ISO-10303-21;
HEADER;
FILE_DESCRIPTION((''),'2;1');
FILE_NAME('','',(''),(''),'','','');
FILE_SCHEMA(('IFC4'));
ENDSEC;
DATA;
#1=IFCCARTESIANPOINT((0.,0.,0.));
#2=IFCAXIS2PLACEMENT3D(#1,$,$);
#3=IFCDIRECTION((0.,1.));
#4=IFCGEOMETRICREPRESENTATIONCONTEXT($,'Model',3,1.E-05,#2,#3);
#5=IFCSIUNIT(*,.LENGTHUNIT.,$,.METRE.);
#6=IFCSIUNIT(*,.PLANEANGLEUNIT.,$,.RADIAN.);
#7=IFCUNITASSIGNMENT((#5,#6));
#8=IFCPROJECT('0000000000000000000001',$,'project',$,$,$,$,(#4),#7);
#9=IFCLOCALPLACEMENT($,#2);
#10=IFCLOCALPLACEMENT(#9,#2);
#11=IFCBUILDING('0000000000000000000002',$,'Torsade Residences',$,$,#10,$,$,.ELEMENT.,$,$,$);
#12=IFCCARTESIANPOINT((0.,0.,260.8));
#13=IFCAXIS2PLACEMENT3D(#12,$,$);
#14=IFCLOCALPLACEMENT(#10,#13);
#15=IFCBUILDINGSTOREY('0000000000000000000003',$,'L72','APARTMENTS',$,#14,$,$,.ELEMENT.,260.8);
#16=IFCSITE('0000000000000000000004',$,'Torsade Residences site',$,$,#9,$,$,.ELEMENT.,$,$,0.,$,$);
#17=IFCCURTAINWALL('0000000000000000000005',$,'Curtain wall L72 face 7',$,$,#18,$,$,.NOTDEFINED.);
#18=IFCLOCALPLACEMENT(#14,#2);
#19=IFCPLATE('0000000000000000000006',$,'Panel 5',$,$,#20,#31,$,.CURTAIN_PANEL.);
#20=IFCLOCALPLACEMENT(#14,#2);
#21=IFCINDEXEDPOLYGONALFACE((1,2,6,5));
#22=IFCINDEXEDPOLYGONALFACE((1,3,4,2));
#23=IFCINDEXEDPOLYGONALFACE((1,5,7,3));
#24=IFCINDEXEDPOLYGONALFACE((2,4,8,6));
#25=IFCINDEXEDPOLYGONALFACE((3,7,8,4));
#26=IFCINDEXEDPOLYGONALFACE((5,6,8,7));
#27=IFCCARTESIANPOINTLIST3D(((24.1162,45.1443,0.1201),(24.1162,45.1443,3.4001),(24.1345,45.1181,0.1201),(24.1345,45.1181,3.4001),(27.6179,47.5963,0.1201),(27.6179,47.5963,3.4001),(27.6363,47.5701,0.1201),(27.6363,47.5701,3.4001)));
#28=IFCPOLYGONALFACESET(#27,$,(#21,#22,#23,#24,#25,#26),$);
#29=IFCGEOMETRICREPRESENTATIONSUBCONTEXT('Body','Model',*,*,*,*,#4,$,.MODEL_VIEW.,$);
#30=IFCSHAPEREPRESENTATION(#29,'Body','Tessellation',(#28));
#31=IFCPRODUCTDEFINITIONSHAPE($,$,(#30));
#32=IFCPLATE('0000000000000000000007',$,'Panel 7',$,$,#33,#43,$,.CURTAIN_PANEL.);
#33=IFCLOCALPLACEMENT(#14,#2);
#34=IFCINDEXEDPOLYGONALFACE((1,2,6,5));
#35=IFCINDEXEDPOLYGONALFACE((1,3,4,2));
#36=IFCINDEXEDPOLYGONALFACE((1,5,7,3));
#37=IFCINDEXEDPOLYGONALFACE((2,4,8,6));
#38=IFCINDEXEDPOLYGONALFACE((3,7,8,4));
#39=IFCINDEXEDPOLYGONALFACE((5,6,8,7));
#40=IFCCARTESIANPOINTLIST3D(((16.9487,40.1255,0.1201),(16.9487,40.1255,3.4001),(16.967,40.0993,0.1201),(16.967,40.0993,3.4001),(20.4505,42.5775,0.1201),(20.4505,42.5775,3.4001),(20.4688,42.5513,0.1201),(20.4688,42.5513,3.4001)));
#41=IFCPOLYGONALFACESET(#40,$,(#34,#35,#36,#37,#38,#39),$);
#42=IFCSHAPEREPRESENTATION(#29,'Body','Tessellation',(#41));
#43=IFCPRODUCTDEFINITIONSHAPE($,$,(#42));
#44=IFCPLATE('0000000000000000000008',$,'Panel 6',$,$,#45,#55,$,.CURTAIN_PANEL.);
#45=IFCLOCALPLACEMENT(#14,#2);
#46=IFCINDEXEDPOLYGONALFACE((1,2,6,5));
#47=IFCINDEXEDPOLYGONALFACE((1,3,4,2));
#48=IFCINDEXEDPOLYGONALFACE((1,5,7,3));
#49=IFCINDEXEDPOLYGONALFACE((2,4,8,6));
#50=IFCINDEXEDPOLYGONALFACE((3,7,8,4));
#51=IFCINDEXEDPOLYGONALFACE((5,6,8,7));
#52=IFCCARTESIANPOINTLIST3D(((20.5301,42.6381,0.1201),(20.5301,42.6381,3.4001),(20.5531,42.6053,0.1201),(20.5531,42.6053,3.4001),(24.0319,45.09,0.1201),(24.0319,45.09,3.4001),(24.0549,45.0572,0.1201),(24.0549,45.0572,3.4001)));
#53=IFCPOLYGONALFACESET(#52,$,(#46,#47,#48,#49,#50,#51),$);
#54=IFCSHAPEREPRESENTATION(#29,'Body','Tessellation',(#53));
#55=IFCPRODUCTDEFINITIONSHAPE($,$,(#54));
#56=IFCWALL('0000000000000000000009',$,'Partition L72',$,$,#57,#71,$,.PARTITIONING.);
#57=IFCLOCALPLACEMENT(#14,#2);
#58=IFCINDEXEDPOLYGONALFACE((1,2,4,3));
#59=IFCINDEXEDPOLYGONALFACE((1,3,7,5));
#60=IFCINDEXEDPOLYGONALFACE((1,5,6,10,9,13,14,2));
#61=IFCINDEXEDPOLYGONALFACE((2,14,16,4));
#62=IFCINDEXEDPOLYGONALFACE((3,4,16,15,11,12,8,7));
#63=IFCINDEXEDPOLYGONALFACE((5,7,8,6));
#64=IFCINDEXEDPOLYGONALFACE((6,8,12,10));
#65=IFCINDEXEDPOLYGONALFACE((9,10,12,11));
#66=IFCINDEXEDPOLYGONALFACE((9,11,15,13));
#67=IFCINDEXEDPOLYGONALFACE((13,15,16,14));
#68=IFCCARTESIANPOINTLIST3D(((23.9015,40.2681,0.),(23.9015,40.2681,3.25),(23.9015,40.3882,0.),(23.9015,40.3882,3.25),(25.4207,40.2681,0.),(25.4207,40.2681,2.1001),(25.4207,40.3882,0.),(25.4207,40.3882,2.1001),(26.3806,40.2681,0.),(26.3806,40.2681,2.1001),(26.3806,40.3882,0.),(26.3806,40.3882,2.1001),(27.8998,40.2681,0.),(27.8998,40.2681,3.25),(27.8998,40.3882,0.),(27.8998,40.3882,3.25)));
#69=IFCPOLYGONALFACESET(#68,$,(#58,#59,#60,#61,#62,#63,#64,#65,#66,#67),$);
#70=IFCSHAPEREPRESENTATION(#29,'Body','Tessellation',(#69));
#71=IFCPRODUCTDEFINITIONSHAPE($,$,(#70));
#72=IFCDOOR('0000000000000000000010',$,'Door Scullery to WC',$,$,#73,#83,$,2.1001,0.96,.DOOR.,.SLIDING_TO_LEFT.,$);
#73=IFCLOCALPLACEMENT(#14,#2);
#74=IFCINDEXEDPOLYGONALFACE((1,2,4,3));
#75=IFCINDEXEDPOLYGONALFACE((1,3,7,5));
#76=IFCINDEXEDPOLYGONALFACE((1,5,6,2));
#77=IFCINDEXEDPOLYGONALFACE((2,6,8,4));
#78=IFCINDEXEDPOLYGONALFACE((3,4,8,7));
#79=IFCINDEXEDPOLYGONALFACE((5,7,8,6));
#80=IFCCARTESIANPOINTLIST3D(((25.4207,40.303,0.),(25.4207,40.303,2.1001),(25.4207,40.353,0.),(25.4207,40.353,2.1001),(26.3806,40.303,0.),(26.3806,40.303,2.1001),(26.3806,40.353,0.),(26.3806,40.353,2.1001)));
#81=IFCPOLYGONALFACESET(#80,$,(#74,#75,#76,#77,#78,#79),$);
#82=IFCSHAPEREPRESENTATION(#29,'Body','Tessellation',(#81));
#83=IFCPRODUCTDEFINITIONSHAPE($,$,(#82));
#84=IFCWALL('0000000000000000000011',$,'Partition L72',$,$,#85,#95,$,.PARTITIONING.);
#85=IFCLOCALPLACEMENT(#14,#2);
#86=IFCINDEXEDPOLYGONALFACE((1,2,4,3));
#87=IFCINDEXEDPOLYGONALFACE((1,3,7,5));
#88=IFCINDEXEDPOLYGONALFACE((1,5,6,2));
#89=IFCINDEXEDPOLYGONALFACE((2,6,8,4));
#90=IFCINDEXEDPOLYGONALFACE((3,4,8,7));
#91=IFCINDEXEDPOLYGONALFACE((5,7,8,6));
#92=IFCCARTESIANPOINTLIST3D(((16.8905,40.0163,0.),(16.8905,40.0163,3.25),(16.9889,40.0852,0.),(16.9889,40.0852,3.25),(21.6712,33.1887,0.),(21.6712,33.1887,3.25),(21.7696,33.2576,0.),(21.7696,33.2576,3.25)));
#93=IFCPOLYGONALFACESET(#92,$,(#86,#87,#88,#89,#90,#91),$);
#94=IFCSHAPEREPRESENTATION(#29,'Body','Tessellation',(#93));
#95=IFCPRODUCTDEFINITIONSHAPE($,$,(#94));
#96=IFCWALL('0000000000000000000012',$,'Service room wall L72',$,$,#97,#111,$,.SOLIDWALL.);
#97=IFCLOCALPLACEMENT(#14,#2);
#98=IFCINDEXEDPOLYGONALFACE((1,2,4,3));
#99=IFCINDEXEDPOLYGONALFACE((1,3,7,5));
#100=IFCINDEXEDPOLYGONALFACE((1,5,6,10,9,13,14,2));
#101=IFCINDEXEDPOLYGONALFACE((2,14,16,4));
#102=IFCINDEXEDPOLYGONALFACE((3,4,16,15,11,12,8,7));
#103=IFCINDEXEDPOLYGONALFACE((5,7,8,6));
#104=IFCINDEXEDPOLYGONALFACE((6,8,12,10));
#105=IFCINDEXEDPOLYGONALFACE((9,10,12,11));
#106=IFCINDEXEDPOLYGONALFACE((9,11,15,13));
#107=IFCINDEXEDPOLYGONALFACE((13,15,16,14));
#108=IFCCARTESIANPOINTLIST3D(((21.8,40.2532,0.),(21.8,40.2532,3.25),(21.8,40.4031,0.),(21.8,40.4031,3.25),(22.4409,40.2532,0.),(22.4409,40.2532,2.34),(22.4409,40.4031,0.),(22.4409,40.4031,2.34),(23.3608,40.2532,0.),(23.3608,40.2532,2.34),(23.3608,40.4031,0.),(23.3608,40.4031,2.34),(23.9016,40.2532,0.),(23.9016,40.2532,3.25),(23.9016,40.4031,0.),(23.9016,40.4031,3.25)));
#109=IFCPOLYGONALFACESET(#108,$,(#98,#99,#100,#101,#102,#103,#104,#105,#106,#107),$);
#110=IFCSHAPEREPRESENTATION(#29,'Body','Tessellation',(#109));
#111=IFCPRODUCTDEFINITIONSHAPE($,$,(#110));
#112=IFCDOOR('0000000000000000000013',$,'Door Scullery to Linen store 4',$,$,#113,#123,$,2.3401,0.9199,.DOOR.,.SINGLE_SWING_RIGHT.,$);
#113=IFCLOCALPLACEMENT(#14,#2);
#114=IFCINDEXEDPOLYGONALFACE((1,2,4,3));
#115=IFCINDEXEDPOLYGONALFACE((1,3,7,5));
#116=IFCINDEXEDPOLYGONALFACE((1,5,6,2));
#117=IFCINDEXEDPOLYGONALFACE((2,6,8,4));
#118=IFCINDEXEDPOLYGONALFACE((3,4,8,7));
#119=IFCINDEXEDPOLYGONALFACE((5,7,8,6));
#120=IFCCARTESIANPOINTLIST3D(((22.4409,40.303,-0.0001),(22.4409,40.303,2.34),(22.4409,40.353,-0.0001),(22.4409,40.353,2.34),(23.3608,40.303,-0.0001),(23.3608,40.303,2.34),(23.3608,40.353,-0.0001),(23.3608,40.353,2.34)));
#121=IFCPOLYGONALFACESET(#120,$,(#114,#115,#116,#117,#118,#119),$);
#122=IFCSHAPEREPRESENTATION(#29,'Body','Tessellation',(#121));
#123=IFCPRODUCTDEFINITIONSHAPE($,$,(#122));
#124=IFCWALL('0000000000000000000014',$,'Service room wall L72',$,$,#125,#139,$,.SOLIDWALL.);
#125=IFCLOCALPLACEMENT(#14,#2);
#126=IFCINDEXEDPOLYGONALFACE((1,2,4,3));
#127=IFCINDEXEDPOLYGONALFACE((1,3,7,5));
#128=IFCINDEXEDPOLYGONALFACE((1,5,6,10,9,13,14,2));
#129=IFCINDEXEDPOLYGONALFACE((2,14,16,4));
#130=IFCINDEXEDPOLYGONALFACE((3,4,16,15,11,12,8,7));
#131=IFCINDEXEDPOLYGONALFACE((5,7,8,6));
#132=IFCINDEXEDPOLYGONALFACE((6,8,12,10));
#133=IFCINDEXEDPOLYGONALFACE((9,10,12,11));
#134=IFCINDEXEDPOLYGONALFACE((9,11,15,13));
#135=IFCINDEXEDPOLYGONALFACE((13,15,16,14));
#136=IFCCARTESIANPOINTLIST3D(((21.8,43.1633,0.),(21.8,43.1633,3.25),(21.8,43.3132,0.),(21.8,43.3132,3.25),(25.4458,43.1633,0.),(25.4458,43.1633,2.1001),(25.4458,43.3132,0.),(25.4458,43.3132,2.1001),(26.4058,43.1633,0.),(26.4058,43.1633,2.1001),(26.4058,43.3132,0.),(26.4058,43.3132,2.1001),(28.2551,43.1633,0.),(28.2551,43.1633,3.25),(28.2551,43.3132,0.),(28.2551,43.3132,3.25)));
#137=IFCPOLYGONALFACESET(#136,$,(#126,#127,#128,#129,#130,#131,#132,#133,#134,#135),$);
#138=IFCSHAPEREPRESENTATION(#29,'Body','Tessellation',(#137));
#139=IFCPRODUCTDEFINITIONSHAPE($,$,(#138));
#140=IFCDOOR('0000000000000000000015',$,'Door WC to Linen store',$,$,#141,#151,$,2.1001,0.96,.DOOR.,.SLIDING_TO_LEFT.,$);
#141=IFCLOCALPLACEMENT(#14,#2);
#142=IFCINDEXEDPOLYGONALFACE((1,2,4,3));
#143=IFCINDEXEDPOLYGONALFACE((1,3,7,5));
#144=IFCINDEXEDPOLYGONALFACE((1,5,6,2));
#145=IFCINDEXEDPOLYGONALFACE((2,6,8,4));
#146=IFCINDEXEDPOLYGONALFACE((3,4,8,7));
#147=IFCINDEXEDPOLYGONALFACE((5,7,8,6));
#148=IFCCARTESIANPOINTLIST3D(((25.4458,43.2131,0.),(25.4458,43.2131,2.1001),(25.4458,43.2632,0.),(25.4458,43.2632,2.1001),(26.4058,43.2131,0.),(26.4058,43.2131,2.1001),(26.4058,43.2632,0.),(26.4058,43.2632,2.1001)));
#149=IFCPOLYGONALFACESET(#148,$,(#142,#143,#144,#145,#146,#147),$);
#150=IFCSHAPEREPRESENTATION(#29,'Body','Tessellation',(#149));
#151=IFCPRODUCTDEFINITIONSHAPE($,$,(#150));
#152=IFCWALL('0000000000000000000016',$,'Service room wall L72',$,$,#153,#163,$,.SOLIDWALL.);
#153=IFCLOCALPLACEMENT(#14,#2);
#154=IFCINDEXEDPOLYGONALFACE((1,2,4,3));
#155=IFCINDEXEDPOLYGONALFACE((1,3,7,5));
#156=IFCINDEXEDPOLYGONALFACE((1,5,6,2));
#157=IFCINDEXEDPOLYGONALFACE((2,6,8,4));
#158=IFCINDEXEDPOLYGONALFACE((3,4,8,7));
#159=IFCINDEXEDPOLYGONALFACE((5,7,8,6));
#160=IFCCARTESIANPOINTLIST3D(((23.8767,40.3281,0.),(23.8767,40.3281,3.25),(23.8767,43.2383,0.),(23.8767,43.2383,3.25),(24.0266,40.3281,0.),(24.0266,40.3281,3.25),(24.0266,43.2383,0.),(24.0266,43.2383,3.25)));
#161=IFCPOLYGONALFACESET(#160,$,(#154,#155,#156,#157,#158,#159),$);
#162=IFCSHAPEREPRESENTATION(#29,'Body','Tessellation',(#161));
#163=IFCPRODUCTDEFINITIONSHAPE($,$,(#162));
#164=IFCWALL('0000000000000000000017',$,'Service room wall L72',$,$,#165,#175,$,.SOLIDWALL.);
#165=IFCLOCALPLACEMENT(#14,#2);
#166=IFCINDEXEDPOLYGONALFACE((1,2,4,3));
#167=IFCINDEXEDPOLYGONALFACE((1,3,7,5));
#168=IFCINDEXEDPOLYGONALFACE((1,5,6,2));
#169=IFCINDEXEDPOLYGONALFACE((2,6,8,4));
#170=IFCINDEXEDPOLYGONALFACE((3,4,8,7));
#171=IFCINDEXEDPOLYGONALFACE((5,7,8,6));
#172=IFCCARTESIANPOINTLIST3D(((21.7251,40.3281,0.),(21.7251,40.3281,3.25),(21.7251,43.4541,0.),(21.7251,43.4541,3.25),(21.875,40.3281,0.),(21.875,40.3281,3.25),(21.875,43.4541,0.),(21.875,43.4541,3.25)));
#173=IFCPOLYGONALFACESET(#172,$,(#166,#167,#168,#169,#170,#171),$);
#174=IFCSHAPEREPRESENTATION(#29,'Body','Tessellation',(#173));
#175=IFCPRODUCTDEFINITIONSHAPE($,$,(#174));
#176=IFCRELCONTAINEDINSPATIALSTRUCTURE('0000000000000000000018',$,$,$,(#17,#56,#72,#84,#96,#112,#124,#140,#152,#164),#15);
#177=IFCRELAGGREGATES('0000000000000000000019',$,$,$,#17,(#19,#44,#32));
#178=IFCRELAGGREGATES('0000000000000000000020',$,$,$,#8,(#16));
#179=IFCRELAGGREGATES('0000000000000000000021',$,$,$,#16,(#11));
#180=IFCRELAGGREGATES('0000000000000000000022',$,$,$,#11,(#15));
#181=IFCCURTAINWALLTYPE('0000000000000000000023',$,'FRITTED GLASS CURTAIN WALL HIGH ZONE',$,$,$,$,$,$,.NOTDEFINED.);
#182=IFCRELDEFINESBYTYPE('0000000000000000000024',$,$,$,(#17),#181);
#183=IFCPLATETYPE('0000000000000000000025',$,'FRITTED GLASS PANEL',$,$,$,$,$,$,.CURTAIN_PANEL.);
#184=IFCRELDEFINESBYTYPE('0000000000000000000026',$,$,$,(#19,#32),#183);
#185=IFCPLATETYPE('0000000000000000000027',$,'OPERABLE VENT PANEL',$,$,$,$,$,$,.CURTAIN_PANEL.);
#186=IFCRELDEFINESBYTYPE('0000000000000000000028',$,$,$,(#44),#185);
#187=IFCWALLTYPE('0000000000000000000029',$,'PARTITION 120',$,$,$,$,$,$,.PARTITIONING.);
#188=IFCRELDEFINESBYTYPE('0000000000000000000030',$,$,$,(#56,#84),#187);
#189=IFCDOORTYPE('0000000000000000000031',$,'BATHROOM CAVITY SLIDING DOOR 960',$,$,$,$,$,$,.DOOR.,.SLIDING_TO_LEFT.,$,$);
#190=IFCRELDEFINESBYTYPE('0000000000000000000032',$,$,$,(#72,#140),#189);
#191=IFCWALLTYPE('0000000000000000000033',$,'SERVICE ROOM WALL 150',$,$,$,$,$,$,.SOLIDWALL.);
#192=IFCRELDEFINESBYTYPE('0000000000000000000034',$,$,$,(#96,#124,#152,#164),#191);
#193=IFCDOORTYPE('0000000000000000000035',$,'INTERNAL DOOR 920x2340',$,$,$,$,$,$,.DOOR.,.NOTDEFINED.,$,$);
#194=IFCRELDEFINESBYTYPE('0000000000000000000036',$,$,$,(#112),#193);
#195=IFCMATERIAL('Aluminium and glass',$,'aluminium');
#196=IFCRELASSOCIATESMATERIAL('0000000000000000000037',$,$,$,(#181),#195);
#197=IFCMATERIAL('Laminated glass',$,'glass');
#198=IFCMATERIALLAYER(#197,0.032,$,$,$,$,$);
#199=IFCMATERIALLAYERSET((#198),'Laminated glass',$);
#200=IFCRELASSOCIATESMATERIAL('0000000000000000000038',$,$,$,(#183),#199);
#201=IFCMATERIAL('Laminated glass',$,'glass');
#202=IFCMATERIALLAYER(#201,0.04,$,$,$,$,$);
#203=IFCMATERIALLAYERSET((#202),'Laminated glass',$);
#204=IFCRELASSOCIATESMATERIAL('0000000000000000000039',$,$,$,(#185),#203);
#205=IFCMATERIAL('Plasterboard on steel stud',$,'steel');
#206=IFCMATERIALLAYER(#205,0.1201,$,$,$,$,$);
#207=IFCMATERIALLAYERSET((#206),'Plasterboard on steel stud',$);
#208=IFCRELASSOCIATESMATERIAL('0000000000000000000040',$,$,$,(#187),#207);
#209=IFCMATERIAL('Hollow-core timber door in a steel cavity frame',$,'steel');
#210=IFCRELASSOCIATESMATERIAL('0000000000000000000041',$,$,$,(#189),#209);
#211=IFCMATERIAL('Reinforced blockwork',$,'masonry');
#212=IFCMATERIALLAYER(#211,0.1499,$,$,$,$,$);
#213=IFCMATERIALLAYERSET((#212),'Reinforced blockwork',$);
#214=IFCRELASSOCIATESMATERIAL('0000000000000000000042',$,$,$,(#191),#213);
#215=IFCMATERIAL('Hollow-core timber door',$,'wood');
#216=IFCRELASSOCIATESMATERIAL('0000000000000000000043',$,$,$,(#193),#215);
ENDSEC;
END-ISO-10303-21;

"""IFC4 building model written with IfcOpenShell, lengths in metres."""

from ifc_helpers import new_model, si_unit, direction, frame, frame_2d, origin, origin_2d, place, context, subcontext, project, spatial, rectangle, extrude, material, layer, layer_set, type_object, element, fill, aggregate, save


model = new_model("IFC4")

# Units and contexts
model_context = context("Model", 3, precision=1e-05, world=origin(), true_north=direction((0.0, 1.0)))
body_context = subcontext(model_context, "Body", "Model", "MODEL_VIEW")
ifc_project = project(units=[si_unit("LENGTHUNIT", "METRE"), si_unit("PLANEANGLEUNIT", "RADIAN")], contexts=[model_context])

# Site, building, storey
site_placement = place(None, origin())
site = spatial("IfcSite", under=ifc_project, at=site_placement, Name="Torsade Residences site", CompositionType="ELEMENT", RefElevation=0.0)
building_placement = place(site_placement, origin())
building = spatial("IfcBuilding", under=site, at=building_placement, Name="Torsade Residences", CompositionType="ELEMENT")
storey_placement = place(building_placement, frame((0.0, 0.0, 260.8)))
storey = spatial("IfcBuildingStorey", under=building, at=storey_placement, Name="L72", Description="APARTMENTS", CompositionType="ELEMENT", Elevation=260.8)

# Curtain wall
ifc_material_1 = material(Name="Aluminium and glass", Category="aluminium")
curtain_wall_type = type_object("IfcCurtainWallType", Name="FRITTED GLASS CURTAIN WALL HIGH ZONE", PredefinedType="NOTDEFINED", material=ifc_material_1)
curtain_wall_placement = place(storey_placement, origin())
curtain_wall = element("IfcCurtainWall", 1, at=curtain_wall_placement, inside=storey, type_object=curtain_wall_type, Name="Curtain wall L72 face 7", PredefinedType="NOTDEFINED")

# Plates
ifc_material_2 = material(Name="Laminated glass", Category="glass")
ifc_layer_1 = layer(ifc_material_2, 0.032)
ifc_layer_set_1 = layer_set([ifc_layer_1], Name="Laminated glass")
plate_type_1 = type_object("IfcPlateType", Name="FRITTED GLASS PANEL", PredefinedType="CURTAIN_PANEL", material=ifc_layer_set_1)
plate_1_placement = place(storey_placement, frame((25.8762, 46.3572, 0.1201), z_axis=(0.0, 0.0, 1.0), x_axis=(-0.819152, -0.573576, 0.0)))
plate_1 = element("IfcPlate", 2, at=plate_1_placement, type_object=plate_type_1, Name="Panel 5", PredefinedType="CURTAIN_PANEL", context=body_context, shape_type="SweptSolid", body=[
    extrude(rectangle(XDim=4.2749, YDim=0.032, at=origin_2d()), origin(), (0.0, 0.0, 1.0), 3.28),
])
plate_2_placement = place(storey_placement, frame((18.7087, 41.3384, 0.1201), z_axis=(0.0, 0.0, 1.0), x_axis=(-0.819152, -0.573576, 0.0)))
plate_2 = element("IfcPlate", 3, at=plate_2_placement, type_object=plate_type_1, Name="Panel 7", PredefinedType="CURTAIN_PANEL", context=body_context, shape_type="SweptSolid", body=[
    extrude(rectangle(XDim=4.2749, YDim=0.032, at=origin_2d()), origin(), (0.0, 0.0, 1.0), 3.28),
])
ifc_material_3 = material(Name="Laminated glass", Category="glass")
ifc_layer_2 = layer(ifc_material_3, 0.04)
ifc_layer_set_2 = layer_set([ifc_layer_2], Name="Laminated glass")
plate_type_2 = type_object("IfcPlateType", Name="OPERABLE VENT PANEL", PredefinedType="CURTAIN_PANEL", material=ifc_layer_set_2)
plate_3_placement = place(storey_placement, frame((22.2925, 43.8477, 0.1201), z_axis=(0.0, 0.0, 1.0), x_axis=(-0.819152, -0.573576, 0.0)))
plate_3 = element("IfcPlate", 4, at=plate_3_placement, type_object=plate_type_2, Name="Panel 6", PredefinedType="CURTAIN_PANEL", context=body_context, shape_type="SweptSolid", body=[
    extrude(rectangle(XDim=4.2749, YDim=0.04, at=origin_2d()), origin(), (0.0, 0.0, 1.0), 3.28),
])
aggregate(curtain_wall, [plate_1, plate_3, plate_2])

# Wall, opening, door
ifc_material_4 = material(Name="Plasterboard on steel stud", Category="steel")
ifc_layer_3 = layer(ifc_material_4, 0.1201)
ifc_layer_set_3 = layer_set([ifc_layer_3], Name="Plasterboard on steel stud")
wall_type_1 = type_object("IfcWallType", Name="PARTITION 120", PredefinedType="PARTITIONING", material=ifc_layer_set_3)
wall_1_placement = place(storey_placement, frame((23.9016, 40.3281, 0.0), z_axis=(0.0, 0.0, 1.0), x_axis=(1.0, 0.0, 0.0)))
wall_1 = element("IfcWall", 5, at=wall_1_placement, inside=storey, type_object=wall_type_1, Name="Partition L72", PredefinedType="PARTITIONING", context=body_context, shape_type="SweptSolid", body=[
    extrude(rectangle(XDim=3.9983, YDim=0.1201, at=frame_2d((1.999, 0.0))), origin(), (0.0, 0.0, 1.0), 3.25),
])
opening_1_placement = place(wall_1_placement, frame((1.519, 0.0, 0.0)))
opening_1 = element("IfcOpeningElement", 6, at=opening_1_placement, cuts=wall_1, PredefinedType="OPENING", context=body_context, shape_type="SweptSolid", body=[
    extrude(rectangle(XDim=0.96, YDim=2.1001, at=frame_2d((0.48, 1.05))), frame((0.0, 0.0701, 0.0), z_axis=(0.0, -1.0, 0.0), x_axis=(1.0, 0.0, 0.0)), (0.0, 0.0, 1.0), 0.1401),
])
ifc_material_5 = material(Name="Hollow-core timber door in a steel cavity frame", Category="steel")
door_type_1 = type_object("IfcDoorType", Name="BATHROOM CAVITY SLIDING DOOR 960", OperationType="SLIDING_TO_LEFT", PredefinedType="DOOR", material=ifc_material_5)
door_1_placement = place(opening_1_placement, origin())
door_1 = element("IfcDoor", 7, at=door_1_placement, inside=storey, type_object=door_type_1, Name="Door Scullery to WC", OperationType="SLIDING_TO_LEFT", OverallHeight=2.1001, OverallWidth=0.96, PredefinedType="DOOR", context=body_context, shape_type="SweptSolid", body=[
    extrude(rectangle(XDim=0.96, YDim=2.1001, at=frame_2d((0.48, 1.05))), frame((0.0, 0.0249, 0.0), z_axis=(0.0, -1.0, 0.0), x_axis=(1.0, 0.0, 0.0)), (0.0, 0.0, 1.0), 0.05),
])
fill(opening_1, door_1)

# Wall
wall_2_placement = place(storey_placement, frame((16.9397, 40.0508, 0.0), z_axis=(0.0, 0.0, 1.0), x_axis=(0.573576, -0.819152, 0.0)))
element("IfcWall", 8, at=wall_2_placement, inside=storey, type_object=wall_type_1, Name="Partition L72", PredefinedType="PARTITIONING", context=body_context, shape_type="SweptSolid", body=[
    extrude(rectangle(XDim=8.335, YDim=0.1201, at=frame_2d((4.1675, 0.0))), origin(), (0.0, 0.0, 1.0), 3.25),
])

# Walls, openings, doors
ifc_material_6 = material(Name="Reinforced blockwork", Category="masonry")
ifc_layer_4 = layer(ifc_material_6, 0.1499)
ifc_layer_set_4 = layer_set([ifc_layer_4], Name="Reinforced blockwork")
wall_type_2 = type_object("IfcWallType", Name="SERVICE ROOM WALL 150", PredefinedType="SOLIDWALL", material=ifc_layer_set_4)
wall_3_placement = place(storey_placement, frame((21.8, 40.3281, 0.0), z_axis=(0.0, 0.0, 1.0), x_axis=(1.0, 0.0, 0.0)))
wall_3 = element("IfcWall", 9, at=wall_3_placement, inside=storey, type_object=wall_type_2, Name="Service room wall L72", PredefinedType="SOLIDWALL", context=body_context, shape_type="SweptSolid", body=[
    extrude(rectangle(XDim=2.1016, YDim=0.1499, at=frame_2d((1.0508, 0.0))), origin(), (0.0, 0.0, 1.0), 3.25),
])
opening_2_placement = place(wall_3_placement, frame((0.6409, 0.0, 0.0)))
opening_2 = element("IfcOpeningElement", 10, at=opening_2_placement, cuts=wall_3, PredefinedType="OPENING", context=body_context, shape_type="SweptSolid", body=[
    extrude(rectangle(XDim=0.9199, YDim=2.3401, at=frame_2d((0.46, 1.1699))), frame((0.0, 0.085, 0.0), z_axis=(0.0, -1.0, 0.0), x_axis=(1.0, 0.0, 0.0)), (0.0, 0.0, 1.0), 0.1699),
])
ifc_material_7 = material(Name="Hollow-core timber door", Category="wood")
door_type_2 = type_object("IfcDoorType", Name="INTERNAL DOOR 920x2340", OperationType="NOTDEFINED", PredefinedType="DOOR", material=ifc_material_7)
door_2_placement = place(opening_2_placement, origin())
door_2 = element("IfcDoor", 11, at=door_2_placement, inside=storey, type_object=door_type_2, Name="Door Scullery to Linen store 4", OperationType="SINGLE_SWING_RIGHT", OverallHeight=2.3401, OverallWidth=0.9199, PredefinedType="DOOR", context=body_context, shape_type="SweptSolid", body=[
    extrude(rectangle(XDim=0.9199, YDim=2.3401, at=frame_2d((0.46, 1.1699))), frame((0.0, 0.0249, 0.0), z_axis=(0.0, -1.0, 0.0), x_axis=(1.0, 0.0, 0.0)), (0.0, 0.0, 1.0), 0.05),
])
fill(opening_2, door_2)
wall_4_placement = place(storey_placement, frame((21.8, 43.2383, 0.0), z_axis=(0.0, 0.0, 1.0), x_axis=(1.0, 0.0, 0.0)))
wall_4 = element("IfcWall", 12, at=wall_4_placement, inside=storey, type_object=wall_type_2, Name="Service room wall L72", PredefinedType="SOLIDWALL", context=body_context, shape_type="SweptSolid", body=[
    extrude(rectangle(XDim=6.4551, YDim=0.1499, at=frame_2d((3.2275, 0.0))), origin(), (0.0, 0.0, 1.0), 3.25),
])
opening_3_placement = place(wall_4_placement, frame((3.6458, 0.0, 0.0)))
opening_3 = element("IfcOpeningElement", 13, at=opening_3_placement, cuts=wall_4, PredefinedType="OPENING", context=body_context, shape_type="SweptSolid", body=[
    extrude(rectangle(XDim=0.96, YDim=2.1001, at=frame_2d((0.48, 1.05))), frame((0.0, 0.085, 0.0), z_axis=(0.0, -1.0, 0.0), x_axis=(1.0, 0.0, 0.0)), (0.0, 0.0, 1.0), 0.1699),
])
door_3_placement = place(opening_3_placement, origin())
door_3 = element("IfcDoor", 14, at=door_3_placement, inside=storey, type_object=door_type_1, Name="Door WC to Linen store", OperationType="SLIDING_TO_LEFT", OverallHeight=2.1001, OverallWidth=0.96, PredefinedType="DOOR", context=body_context, shape_type="SweptSolid", body=[
    extrude(rectangle(XDim=0.96, YDim=2.1001, at=frame_2d((0.48, 1.05))), frame((0.0, 0.0249, 0.0), z_axis=(0.0, -1.0, 0.0), x_axis=(1.0, 0.0, 0.0)), (0.0, 0.0, 1.0), 0.05),
])
fill(opening_3, door_3)

# Walls
wall_5_placement = place(storey_placement, frame((23.9517, 40.3281, 0.0), z_axis=(0.0, 0.0, 1.0), x_axis=(0.0, 1.0, 0.0)))
element("IfcWall", 15, at=wall_5_placement, inside=storey, type_object=wall_type_2, Name="Service room wall L72", PredefinedType="SOLIDWALL", context=body_context, shape_type="SweptSolid", body=[
    extrude(rectangle(XDim=2.9102, YDim=0.1499, at=frame_2d((1.4551, 0.0))), origin(), (0.0, 0.0, 1.0), 3.25),
])
wall_6_placement = place(storey_placement, frame((21.8, 40.3281, 0.0), z_axis=(0.0, 0.0, 1.0), x_axis=(0.0, 1.0, 0.0)))
element("IfcWall", 16, at=wall_6_placement, inside=storey, type_object=wall_type_2, Name="Service room wall L72", PredefinedType="SOLIDWALL", context=body_context, shape_type="SweptSolid", body=[
    extrude(rectangle(XDim=3.126, YDim=0.1499, at=frame_2d((1.563, 0.0))), origin(), (0.0, 0.0, 1.0), 3.25),
])

save(model, "model.ifc")
